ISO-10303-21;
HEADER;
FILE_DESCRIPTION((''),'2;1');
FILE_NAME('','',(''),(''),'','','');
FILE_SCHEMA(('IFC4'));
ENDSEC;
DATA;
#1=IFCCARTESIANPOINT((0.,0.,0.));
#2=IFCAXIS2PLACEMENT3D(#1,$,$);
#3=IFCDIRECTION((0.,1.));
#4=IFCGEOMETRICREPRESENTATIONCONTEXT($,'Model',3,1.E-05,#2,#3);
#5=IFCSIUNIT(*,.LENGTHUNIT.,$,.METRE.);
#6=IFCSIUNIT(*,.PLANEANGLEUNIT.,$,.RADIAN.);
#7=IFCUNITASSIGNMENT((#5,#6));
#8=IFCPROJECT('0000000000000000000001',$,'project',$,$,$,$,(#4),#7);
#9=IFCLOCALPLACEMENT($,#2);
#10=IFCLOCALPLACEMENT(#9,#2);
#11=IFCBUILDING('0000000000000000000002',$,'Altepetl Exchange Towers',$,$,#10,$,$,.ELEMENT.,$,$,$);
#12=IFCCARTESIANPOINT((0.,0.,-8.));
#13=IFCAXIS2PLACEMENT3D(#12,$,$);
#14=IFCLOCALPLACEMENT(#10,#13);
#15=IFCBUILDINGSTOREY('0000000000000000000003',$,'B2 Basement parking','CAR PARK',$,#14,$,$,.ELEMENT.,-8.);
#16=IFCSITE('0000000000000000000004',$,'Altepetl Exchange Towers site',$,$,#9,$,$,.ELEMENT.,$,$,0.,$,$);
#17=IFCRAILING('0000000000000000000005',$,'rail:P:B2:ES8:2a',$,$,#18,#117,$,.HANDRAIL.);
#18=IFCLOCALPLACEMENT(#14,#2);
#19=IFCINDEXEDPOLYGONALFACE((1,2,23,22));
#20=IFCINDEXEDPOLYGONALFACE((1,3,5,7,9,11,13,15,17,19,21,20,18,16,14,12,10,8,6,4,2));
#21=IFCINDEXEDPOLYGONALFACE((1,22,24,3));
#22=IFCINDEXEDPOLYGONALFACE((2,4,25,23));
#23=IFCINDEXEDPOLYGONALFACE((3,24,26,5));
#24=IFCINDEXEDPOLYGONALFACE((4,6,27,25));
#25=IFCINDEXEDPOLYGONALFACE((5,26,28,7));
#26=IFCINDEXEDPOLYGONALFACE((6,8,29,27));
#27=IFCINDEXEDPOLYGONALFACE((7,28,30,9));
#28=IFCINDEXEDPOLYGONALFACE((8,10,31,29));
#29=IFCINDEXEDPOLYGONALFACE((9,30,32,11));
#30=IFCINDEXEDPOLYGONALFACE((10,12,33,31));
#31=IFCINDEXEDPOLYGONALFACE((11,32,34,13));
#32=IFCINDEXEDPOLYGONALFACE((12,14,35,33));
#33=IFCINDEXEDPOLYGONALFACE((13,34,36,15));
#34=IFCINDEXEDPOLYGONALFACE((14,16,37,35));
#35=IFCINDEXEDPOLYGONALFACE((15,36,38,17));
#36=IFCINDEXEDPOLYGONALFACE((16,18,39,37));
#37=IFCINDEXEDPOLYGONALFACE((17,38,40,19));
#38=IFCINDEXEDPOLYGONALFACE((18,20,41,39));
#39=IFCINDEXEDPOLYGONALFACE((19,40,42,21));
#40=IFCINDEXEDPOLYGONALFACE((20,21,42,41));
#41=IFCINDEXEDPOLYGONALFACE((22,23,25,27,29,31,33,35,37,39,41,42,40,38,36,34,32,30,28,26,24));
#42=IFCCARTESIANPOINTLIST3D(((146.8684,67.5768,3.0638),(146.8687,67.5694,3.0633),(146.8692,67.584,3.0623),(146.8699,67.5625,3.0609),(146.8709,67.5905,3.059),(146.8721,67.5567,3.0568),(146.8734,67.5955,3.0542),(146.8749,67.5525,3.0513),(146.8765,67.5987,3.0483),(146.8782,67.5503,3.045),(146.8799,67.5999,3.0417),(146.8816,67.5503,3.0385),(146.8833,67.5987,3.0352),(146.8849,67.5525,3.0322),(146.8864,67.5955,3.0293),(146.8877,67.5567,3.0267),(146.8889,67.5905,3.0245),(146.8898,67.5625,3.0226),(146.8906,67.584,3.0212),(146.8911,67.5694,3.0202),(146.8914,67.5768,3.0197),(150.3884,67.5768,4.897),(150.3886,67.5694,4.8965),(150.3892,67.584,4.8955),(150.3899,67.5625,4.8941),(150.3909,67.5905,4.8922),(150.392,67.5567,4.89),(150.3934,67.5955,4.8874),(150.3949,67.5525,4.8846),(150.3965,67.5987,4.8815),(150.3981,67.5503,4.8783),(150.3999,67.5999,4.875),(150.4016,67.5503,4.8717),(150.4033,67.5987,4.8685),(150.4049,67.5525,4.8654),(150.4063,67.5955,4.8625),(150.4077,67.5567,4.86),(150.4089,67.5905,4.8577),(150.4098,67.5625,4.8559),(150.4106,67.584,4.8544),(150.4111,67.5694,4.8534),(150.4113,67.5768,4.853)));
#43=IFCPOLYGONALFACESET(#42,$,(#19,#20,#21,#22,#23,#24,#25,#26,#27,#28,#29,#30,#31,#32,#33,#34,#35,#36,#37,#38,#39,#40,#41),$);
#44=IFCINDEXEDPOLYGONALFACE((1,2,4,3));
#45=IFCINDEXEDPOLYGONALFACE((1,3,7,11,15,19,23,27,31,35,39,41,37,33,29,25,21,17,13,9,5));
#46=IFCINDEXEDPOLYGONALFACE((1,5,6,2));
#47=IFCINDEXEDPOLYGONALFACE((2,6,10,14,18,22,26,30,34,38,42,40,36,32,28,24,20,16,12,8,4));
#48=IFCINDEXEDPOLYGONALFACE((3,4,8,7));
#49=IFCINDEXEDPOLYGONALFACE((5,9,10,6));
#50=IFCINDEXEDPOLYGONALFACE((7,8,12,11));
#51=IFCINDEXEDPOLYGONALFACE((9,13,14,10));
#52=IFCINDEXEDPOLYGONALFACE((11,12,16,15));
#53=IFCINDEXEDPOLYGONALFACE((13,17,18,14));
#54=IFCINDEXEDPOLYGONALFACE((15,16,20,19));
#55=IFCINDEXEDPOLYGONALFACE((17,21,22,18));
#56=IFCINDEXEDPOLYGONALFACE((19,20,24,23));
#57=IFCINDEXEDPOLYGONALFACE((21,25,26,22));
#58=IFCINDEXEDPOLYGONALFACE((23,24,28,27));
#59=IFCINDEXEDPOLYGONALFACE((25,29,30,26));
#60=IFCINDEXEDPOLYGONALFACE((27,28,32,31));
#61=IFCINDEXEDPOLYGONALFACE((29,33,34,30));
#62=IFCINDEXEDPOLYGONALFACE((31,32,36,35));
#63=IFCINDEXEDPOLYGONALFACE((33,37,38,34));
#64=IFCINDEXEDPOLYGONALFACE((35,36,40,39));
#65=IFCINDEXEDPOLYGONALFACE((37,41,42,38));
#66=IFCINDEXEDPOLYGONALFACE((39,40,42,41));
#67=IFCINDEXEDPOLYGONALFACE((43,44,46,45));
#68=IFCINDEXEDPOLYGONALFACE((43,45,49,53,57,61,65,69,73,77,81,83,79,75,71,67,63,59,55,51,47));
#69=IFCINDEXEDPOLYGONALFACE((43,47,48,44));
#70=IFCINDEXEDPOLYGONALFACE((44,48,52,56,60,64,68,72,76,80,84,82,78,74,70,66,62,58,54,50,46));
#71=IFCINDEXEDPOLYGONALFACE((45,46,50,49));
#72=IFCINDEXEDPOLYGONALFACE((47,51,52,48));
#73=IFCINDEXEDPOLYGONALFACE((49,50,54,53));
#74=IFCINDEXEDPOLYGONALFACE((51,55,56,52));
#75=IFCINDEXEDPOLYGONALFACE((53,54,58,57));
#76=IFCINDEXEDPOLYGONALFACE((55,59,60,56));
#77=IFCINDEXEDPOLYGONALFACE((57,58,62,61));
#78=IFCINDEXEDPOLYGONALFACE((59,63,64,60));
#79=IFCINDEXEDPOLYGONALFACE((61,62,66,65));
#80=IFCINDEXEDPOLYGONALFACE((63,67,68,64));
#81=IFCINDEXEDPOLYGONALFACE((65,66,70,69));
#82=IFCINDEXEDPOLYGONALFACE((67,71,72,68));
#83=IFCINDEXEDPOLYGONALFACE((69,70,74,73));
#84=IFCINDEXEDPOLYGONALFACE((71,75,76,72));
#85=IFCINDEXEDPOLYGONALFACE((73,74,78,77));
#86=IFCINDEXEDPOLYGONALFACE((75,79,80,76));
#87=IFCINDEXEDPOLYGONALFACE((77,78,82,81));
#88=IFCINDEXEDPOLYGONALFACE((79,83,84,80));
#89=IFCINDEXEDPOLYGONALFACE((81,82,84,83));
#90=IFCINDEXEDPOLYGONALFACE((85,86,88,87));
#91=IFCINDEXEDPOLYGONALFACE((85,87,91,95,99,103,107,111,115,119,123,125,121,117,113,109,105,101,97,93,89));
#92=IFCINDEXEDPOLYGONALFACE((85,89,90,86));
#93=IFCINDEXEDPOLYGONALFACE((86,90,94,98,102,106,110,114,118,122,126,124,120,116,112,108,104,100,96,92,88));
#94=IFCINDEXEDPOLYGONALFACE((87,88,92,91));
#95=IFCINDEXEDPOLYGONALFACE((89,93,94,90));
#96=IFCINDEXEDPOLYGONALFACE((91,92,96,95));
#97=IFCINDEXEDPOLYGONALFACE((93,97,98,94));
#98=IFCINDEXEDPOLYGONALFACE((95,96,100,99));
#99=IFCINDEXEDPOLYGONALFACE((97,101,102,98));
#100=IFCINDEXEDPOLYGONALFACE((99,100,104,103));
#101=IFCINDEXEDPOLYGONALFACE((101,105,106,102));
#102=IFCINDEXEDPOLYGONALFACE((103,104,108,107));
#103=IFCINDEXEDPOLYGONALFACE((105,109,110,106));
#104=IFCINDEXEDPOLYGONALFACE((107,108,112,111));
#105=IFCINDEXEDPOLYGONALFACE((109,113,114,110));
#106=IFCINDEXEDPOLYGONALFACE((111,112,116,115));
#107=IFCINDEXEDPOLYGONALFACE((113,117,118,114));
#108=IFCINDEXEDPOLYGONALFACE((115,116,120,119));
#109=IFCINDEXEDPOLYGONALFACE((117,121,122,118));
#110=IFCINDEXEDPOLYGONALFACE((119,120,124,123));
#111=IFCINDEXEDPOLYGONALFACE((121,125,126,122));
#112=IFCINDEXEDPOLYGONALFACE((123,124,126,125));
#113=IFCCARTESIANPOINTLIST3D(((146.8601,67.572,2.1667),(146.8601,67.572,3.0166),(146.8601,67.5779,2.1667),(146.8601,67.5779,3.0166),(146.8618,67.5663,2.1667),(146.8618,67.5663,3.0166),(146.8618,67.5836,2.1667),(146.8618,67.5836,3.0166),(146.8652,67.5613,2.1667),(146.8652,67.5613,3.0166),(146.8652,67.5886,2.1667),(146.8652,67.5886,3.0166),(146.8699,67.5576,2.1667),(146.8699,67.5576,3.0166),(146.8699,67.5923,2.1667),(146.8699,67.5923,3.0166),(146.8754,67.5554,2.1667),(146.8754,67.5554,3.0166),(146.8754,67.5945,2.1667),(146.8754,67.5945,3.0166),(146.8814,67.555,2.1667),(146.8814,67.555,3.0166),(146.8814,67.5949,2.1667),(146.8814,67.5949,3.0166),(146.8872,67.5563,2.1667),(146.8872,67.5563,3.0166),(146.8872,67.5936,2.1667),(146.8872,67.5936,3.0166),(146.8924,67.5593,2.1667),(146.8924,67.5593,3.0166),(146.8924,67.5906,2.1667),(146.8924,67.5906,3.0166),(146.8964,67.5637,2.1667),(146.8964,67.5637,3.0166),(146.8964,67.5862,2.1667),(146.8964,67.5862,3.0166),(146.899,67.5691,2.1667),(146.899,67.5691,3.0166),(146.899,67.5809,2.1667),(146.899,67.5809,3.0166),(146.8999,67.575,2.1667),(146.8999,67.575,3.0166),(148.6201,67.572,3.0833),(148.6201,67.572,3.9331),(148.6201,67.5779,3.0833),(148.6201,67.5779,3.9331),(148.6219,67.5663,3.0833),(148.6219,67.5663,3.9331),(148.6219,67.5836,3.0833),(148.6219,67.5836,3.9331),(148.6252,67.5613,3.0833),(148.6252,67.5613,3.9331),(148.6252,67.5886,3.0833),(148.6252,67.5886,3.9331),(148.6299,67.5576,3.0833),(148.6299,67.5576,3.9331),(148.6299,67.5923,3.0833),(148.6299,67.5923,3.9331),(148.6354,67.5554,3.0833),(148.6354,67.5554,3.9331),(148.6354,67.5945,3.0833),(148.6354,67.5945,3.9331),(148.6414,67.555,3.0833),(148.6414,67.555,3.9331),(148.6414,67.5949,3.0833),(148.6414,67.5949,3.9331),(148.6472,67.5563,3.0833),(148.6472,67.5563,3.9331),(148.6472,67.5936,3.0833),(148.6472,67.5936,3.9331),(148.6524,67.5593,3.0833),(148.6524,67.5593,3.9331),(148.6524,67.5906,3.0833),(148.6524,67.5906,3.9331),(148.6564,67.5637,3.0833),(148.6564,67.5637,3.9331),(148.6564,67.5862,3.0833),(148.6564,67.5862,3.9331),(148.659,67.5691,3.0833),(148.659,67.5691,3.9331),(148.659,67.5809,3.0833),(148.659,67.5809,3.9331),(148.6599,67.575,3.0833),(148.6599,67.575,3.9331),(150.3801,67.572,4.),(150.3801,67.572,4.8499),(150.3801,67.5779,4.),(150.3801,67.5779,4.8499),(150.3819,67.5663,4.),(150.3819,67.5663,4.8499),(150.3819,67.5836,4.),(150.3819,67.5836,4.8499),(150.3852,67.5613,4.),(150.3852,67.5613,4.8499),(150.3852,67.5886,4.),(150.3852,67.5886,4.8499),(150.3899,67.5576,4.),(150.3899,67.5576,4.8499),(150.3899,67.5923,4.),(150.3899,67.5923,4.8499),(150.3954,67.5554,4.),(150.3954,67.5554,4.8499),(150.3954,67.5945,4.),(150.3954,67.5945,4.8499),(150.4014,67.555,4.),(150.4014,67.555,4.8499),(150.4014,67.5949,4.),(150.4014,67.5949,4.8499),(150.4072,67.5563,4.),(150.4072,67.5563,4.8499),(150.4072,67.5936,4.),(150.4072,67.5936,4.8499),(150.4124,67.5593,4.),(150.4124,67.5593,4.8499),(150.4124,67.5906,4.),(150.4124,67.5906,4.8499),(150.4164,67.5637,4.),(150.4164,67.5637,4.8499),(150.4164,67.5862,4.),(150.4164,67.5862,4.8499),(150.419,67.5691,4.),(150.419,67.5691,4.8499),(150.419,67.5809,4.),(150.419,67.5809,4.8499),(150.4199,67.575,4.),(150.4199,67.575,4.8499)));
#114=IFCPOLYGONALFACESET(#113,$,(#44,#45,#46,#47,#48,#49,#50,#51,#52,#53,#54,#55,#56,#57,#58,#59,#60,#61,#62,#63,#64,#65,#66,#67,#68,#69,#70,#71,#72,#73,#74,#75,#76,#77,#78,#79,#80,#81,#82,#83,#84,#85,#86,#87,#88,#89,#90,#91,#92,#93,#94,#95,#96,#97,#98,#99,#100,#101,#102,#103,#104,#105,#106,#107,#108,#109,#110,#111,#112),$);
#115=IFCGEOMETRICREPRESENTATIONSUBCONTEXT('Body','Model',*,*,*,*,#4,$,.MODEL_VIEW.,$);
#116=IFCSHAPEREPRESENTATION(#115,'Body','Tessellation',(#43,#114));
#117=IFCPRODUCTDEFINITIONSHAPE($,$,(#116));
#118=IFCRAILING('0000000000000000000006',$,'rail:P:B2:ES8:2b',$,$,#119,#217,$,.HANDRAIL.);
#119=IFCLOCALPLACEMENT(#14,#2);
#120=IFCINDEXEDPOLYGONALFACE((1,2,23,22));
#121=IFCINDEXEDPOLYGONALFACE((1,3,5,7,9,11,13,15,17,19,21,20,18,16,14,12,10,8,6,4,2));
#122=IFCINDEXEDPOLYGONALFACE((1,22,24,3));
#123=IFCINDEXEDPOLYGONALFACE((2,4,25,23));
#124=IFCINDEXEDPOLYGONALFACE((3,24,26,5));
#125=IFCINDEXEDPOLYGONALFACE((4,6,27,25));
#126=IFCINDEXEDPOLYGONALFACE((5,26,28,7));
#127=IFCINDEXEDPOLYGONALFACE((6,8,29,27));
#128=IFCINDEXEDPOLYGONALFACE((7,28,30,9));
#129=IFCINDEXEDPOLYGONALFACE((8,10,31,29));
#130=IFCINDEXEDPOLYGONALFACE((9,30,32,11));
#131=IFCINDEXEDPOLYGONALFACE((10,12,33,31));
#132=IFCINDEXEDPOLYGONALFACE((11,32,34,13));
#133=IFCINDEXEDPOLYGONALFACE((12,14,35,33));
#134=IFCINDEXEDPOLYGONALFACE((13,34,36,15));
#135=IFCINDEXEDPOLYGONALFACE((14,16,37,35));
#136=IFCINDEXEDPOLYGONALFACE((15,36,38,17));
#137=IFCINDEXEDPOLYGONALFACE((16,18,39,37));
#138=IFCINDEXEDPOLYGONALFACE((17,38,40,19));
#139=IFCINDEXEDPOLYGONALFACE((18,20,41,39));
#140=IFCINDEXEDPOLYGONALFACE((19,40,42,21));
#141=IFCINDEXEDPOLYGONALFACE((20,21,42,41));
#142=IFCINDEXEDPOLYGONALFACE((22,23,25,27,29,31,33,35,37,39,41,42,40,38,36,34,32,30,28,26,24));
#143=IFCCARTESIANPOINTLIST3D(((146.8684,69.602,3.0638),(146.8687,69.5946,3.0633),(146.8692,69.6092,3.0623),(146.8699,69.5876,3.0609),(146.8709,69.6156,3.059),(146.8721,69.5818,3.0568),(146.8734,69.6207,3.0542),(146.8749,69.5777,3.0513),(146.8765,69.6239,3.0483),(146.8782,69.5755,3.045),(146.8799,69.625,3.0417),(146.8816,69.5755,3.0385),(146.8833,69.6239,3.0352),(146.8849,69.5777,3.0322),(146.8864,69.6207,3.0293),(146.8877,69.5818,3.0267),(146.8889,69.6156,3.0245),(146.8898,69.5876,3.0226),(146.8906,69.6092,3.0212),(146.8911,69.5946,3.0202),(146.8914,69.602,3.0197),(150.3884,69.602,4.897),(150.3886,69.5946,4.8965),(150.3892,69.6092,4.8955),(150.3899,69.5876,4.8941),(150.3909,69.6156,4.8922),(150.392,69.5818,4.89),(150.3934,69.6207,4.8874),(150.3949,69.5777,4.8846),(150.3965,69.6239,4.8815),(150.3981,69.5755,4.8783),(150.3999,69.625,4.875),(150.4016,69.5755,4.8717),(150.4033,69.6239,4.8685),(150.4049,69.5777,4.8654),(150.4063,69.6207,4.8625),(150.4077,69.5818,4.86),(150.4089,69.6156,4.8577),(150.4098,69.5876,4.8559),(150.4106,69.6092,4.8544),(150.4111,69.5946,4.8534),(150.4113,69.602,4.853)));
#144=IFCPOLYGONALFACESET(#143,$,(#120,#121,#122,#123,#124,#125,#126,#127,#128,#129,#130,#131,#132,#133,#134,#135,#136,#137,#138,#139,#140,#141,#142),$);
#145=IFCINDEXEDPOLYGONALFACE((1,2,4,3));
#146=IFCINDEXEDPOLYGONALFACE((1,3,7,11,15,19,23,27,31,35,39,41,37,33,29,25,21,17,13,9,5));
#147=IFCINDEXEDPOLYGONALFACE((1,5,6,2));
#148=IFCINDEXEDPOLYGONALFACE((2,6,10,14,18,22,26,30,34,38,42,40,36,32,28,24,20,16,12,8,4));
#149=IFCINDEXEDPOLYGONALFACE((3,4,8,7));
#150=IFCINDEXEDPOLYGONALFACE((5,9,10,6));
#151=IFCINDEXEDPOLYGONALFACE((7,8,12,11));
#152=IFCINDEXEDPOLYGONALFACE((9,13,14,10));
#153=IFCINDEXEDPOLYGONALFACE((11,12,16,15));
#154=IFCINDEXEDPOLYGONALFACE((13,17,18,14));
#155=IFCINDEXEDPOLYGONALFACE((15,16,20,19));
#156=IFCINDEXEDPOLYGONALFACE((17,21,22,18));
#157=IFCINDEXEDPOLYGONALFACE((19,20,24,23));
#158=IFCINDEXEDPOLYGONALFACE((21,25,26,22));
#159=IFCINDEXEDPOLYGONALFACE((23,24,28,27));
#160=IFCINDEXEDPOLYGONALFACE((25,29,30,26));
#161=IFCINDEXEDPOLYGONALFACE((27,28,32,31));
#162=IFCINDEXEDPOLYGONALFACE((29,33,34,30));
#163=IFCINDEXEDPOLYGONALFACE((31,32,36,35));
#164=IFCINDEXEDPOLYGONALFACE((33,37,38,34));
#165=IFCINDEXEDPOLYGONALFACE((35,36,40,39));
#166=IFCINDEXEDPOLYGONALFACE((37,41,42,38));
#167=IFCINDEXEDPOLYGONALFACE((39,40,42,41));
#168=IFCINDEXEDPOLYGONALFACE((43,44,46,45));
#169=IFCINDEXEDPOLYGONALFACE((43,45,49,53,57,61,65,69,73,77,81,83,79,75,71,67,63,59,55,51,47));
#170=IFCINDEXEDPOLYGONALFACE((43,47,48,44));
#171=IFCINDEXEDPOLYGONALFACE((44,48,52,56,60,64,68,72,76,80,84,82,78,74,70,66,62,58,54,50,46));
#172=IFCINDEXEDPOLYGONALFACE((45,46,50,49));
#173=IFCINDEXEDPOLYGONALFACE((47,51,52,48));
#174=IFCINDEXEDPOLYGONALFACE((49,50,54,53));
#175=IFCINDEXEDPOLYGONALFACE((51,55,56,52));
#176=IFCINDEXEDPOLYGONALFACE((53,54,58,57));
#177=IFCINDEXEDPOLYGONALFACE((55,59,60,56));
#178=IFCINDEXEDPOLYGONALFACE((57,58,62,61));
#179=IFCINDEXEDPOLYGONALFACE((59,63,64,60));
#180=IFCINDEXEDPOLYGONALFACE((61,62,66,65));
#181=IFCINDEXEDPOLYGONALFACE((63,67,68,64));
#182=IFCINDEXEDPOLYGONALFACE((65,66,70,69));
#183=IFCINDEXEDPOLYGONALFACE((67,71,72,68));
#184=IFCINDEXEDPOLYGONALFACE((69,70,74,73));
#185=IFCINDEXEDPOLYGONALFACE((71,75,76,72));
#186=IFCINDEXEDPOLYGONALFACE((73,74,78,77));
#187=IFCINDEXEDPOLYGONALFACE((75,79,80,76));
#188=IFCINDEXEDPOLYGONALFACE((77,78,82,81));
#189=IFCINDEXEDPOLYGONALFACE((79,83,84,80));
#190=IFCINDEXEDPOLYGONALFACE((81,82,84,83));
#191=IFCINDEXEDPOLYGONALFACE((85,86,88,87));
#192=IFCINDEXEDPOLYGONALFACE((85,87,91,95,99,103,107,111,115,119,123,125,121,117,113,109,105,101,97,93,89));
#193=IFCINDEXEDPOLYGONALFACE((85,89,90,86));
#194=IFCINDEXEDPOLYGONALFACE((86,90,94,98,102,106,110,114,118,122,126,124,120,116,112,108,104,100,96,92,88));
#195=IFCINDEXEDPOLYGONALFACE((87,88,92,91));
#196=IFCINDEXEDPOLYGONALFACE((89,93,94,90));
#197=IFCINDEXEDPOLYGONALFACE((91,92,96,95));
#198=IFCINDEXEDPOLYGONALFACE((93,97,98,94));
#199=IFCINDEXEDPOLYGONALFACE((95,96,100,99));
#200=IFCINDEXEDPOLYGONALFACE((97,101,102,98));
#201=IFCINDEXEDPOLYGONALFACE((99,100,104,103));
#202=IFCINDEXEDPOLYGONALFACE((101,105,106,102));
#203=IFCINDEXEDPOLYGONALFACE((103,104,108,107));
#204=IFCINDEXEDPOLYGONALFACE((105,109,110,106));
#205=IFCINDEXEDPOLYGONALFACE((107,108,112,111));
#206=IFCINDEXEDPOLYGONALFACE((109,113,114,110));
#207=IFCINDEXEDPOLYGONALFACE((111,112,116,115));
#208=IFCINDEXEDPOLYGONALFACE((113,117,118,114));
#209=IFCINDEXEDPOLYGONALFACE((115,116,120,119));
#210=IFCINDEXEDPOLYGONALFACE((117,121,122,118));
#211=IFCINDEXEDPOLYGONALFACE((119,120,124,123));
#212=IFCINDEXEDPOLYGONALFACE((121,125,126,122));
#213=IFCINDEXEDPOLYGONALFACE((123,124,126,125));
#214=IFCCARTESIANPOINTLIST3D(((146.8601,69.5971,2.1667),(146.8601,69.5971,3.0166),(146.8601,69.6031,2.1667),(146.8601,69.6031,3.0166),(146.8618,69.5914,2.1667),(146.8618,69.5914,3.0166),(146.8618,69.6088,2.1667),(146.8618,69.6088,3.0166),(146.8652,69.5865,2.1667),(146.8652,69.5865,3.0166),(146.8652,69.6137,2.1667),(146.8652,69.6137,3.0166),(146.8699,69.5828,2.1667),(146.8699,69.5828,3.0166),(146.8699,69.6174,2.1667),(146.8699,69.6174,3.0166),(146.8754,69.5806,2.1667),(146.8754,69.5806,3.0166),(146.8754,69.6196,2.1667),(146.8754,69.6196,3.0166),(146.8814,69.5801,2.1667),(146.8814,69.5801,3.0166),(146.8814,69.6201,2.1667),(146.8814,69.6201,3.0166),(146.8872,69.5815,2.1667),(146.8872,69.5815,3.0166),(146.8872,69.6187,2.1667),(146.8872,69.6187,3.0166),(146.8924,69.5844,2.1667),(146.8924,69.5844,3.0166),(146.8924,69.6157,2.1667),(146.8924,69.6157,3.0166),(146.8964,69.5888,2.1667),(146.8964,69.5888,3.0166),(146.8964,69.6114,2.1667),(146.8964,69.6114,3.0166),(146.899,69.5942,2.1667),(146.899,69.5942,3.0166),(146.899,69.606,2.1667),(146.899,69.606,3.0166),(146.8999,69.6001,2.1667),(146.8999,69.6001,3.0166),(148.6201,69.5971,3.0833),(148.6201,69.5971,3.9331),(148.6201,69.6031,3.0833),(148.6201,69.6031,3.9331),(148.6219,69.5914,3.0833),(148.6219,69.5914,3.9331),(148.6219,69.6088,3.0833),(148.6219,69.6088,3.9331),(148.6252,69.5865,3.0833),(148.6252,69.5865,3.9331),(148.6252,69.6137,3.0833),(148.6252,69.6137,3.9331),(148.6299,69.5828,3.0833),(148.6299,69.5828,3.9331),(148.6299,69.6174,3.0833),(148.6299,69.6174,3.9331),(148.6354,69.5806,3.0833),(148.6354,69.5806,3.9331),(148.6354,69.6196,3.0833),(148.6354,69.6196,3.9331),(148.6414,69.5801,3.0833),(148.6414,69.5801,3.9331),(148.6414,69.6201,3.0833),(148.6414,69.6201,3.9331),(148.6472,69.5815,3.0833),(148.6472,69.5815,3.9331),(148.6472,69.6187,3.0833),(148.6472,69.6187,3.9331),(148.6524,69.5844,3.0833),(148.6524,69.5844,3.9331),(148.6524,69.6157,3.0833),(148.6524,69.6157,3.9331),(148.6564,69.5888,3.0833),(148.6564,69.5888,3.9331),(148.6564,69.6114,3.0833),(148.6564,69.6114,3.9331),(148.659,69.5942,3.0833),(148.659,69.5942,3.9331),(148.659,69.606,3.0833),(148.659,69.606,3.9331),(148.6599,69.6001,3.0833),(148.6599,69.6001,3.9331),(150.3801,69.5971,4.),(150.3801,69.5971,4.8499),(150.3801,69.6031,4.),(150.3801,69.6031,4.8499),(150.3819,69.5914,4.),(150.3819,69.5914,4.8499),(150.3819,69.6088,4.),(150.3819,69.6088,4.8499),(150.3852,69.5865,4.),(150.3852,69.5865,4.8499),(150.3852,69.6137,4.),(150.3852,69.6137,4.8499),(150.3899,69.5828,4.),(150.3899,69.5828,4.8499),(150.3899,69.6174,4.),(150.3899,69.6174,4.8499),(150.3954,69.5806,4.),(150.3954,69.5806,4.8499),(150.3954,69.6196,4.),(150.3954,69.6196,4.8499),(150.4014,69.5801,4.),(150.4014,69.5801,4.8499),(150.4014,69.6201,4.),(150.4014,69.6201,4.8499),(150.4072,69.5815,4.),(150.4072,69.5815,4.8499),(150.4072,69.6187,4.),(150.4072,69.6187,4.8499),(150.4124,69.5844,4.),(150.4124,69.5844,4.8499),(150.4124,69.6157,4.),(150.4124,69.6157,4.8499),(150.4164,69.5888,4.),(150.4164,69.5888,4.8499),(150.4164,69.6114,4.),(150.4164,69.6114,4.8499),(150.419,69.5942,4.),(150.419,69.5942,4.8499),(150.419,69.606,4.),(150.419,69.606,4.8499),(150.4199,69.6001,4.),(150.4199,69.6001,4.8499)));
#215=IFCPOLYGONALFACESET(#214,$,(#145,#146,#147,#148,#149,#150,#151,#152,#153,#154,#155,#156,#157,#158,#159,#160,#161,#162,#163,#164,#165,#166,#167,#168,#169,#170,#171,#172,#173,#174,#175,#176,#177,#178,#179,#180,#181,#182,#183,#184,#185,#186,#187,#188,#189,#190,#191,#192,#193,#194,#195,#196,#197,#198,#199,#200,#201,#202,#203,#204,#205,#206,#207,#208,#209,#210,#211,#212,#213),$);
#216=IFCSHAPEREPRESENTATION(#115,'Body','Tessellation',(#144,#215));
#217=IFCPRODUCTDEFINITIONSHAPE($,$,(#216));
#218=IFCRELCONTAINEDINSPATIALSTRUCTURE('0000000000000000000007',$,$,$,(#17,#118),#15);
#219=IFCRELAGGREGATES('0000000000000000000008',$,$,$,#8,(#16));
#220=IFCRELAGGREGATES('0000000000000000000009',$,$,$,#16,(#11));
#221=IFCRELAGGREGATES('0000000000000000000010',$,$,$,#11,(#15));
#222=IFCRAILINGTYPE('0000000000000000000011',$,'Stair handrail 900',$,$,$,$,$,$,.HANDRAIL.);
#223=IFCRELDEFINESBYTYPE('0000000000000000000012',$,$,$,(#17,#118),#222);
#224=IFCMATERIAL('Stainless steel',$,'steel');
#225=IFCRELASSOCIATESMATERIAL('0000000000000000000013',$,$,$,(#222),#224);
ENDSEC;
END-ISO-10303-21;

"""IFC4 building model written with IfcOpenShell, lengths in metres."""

from ifc_helpers import new_model, si_unit, direction, frame, origin, origin_2d, place, context, subcontext, project, spatial, circle, extrude, source, transform, mapped, material, type_object, element, save


model = new_model("IFC4")

# Units and contexts
model_context = context("Model", 3, precision=1e-05, world=origin(), true_north=direction((0.0, 1.0)))
body_context = subcontext(model_context, "Body", "Model", "MODEL_VIEW")
ifc_project = project(units=[si_unit("LENGTHUNIT", "METRE"), si_unit("PLANEANGLEUNIT", "RADIAN")], contexts=[model_context])

# Site, building, storey
site_placement = place(None, origin())
site = spatial("IfcSite", under=ifc_project, at=site_placement, Name="Altepetl Exchange Towers site", CompositionType="ELEMENT", RefElevation=0.0)
building_placement = place(site_placement, origin())
building = spatial("IfcBuilding", under=site, at=building_placement, Name="Altepetl Exchange Towers", CompositionType="ELEMENT")
storey_placement = place(building_placement, frame((0.0, 0.0, -8.0)))
storey = spatial("IfcBuildingStorey", under=building, at=storey_placement, Name="B2 Basement parking", Description="CAR PARK", CompositionType="ELEMENT", Elevation=-8.0)

# Railings
ifc_material_1 = material(Name="Stainless steel", Category="steel")
railing_type_1 = type_object("IfcRailingType", Name="Stair handrail 900", PredefinedType="HANDRAIL", material=ifc_material_1)
shared_shape_1 = source(origin(), body_context, "Body", "SweptSolid", [
    extrude(circle(Radius=0.02, at=origin_2d()), origin(), (0.0, 0.0, 1.0), 0.8499),
])
for number, where, name in (
    (1, (146.8799, 67.575, 2.1667), "rail:P:B2:ES8:2a"),
    (2, (146.8799, 69.6001, 2.1667), "rail:P:B2:ES8:2b"),
):
    element("IfcRailing", number, at=place(storey_placement, frame(where)), inside=storey, type_object=railing_type_1, Name=name, PredefinedType="HANDRAIL", context=body_context, shape_type="SweptSolid", body=[
        extrude(circle(Radius=0.0249, at=origin_2d()), frame((0.0, 0.0, 0.875), z_axis=(0.886924, 0.0, 0.461916), x_axis=(0.0, 1.0, 0.0)), (0.0, 0.0, 1.0), 3.9688),
        mapped(shared_shape_1, transform((0.0, 0.0, 0.0))),
        mapped(shared_shape_1, transform((1.76, 0.0, 0.9165))),
        mapped(shared_shape_1, transform((3.52, 0.0, 1.8333))),
    ])

save(model, "model.ifc")
